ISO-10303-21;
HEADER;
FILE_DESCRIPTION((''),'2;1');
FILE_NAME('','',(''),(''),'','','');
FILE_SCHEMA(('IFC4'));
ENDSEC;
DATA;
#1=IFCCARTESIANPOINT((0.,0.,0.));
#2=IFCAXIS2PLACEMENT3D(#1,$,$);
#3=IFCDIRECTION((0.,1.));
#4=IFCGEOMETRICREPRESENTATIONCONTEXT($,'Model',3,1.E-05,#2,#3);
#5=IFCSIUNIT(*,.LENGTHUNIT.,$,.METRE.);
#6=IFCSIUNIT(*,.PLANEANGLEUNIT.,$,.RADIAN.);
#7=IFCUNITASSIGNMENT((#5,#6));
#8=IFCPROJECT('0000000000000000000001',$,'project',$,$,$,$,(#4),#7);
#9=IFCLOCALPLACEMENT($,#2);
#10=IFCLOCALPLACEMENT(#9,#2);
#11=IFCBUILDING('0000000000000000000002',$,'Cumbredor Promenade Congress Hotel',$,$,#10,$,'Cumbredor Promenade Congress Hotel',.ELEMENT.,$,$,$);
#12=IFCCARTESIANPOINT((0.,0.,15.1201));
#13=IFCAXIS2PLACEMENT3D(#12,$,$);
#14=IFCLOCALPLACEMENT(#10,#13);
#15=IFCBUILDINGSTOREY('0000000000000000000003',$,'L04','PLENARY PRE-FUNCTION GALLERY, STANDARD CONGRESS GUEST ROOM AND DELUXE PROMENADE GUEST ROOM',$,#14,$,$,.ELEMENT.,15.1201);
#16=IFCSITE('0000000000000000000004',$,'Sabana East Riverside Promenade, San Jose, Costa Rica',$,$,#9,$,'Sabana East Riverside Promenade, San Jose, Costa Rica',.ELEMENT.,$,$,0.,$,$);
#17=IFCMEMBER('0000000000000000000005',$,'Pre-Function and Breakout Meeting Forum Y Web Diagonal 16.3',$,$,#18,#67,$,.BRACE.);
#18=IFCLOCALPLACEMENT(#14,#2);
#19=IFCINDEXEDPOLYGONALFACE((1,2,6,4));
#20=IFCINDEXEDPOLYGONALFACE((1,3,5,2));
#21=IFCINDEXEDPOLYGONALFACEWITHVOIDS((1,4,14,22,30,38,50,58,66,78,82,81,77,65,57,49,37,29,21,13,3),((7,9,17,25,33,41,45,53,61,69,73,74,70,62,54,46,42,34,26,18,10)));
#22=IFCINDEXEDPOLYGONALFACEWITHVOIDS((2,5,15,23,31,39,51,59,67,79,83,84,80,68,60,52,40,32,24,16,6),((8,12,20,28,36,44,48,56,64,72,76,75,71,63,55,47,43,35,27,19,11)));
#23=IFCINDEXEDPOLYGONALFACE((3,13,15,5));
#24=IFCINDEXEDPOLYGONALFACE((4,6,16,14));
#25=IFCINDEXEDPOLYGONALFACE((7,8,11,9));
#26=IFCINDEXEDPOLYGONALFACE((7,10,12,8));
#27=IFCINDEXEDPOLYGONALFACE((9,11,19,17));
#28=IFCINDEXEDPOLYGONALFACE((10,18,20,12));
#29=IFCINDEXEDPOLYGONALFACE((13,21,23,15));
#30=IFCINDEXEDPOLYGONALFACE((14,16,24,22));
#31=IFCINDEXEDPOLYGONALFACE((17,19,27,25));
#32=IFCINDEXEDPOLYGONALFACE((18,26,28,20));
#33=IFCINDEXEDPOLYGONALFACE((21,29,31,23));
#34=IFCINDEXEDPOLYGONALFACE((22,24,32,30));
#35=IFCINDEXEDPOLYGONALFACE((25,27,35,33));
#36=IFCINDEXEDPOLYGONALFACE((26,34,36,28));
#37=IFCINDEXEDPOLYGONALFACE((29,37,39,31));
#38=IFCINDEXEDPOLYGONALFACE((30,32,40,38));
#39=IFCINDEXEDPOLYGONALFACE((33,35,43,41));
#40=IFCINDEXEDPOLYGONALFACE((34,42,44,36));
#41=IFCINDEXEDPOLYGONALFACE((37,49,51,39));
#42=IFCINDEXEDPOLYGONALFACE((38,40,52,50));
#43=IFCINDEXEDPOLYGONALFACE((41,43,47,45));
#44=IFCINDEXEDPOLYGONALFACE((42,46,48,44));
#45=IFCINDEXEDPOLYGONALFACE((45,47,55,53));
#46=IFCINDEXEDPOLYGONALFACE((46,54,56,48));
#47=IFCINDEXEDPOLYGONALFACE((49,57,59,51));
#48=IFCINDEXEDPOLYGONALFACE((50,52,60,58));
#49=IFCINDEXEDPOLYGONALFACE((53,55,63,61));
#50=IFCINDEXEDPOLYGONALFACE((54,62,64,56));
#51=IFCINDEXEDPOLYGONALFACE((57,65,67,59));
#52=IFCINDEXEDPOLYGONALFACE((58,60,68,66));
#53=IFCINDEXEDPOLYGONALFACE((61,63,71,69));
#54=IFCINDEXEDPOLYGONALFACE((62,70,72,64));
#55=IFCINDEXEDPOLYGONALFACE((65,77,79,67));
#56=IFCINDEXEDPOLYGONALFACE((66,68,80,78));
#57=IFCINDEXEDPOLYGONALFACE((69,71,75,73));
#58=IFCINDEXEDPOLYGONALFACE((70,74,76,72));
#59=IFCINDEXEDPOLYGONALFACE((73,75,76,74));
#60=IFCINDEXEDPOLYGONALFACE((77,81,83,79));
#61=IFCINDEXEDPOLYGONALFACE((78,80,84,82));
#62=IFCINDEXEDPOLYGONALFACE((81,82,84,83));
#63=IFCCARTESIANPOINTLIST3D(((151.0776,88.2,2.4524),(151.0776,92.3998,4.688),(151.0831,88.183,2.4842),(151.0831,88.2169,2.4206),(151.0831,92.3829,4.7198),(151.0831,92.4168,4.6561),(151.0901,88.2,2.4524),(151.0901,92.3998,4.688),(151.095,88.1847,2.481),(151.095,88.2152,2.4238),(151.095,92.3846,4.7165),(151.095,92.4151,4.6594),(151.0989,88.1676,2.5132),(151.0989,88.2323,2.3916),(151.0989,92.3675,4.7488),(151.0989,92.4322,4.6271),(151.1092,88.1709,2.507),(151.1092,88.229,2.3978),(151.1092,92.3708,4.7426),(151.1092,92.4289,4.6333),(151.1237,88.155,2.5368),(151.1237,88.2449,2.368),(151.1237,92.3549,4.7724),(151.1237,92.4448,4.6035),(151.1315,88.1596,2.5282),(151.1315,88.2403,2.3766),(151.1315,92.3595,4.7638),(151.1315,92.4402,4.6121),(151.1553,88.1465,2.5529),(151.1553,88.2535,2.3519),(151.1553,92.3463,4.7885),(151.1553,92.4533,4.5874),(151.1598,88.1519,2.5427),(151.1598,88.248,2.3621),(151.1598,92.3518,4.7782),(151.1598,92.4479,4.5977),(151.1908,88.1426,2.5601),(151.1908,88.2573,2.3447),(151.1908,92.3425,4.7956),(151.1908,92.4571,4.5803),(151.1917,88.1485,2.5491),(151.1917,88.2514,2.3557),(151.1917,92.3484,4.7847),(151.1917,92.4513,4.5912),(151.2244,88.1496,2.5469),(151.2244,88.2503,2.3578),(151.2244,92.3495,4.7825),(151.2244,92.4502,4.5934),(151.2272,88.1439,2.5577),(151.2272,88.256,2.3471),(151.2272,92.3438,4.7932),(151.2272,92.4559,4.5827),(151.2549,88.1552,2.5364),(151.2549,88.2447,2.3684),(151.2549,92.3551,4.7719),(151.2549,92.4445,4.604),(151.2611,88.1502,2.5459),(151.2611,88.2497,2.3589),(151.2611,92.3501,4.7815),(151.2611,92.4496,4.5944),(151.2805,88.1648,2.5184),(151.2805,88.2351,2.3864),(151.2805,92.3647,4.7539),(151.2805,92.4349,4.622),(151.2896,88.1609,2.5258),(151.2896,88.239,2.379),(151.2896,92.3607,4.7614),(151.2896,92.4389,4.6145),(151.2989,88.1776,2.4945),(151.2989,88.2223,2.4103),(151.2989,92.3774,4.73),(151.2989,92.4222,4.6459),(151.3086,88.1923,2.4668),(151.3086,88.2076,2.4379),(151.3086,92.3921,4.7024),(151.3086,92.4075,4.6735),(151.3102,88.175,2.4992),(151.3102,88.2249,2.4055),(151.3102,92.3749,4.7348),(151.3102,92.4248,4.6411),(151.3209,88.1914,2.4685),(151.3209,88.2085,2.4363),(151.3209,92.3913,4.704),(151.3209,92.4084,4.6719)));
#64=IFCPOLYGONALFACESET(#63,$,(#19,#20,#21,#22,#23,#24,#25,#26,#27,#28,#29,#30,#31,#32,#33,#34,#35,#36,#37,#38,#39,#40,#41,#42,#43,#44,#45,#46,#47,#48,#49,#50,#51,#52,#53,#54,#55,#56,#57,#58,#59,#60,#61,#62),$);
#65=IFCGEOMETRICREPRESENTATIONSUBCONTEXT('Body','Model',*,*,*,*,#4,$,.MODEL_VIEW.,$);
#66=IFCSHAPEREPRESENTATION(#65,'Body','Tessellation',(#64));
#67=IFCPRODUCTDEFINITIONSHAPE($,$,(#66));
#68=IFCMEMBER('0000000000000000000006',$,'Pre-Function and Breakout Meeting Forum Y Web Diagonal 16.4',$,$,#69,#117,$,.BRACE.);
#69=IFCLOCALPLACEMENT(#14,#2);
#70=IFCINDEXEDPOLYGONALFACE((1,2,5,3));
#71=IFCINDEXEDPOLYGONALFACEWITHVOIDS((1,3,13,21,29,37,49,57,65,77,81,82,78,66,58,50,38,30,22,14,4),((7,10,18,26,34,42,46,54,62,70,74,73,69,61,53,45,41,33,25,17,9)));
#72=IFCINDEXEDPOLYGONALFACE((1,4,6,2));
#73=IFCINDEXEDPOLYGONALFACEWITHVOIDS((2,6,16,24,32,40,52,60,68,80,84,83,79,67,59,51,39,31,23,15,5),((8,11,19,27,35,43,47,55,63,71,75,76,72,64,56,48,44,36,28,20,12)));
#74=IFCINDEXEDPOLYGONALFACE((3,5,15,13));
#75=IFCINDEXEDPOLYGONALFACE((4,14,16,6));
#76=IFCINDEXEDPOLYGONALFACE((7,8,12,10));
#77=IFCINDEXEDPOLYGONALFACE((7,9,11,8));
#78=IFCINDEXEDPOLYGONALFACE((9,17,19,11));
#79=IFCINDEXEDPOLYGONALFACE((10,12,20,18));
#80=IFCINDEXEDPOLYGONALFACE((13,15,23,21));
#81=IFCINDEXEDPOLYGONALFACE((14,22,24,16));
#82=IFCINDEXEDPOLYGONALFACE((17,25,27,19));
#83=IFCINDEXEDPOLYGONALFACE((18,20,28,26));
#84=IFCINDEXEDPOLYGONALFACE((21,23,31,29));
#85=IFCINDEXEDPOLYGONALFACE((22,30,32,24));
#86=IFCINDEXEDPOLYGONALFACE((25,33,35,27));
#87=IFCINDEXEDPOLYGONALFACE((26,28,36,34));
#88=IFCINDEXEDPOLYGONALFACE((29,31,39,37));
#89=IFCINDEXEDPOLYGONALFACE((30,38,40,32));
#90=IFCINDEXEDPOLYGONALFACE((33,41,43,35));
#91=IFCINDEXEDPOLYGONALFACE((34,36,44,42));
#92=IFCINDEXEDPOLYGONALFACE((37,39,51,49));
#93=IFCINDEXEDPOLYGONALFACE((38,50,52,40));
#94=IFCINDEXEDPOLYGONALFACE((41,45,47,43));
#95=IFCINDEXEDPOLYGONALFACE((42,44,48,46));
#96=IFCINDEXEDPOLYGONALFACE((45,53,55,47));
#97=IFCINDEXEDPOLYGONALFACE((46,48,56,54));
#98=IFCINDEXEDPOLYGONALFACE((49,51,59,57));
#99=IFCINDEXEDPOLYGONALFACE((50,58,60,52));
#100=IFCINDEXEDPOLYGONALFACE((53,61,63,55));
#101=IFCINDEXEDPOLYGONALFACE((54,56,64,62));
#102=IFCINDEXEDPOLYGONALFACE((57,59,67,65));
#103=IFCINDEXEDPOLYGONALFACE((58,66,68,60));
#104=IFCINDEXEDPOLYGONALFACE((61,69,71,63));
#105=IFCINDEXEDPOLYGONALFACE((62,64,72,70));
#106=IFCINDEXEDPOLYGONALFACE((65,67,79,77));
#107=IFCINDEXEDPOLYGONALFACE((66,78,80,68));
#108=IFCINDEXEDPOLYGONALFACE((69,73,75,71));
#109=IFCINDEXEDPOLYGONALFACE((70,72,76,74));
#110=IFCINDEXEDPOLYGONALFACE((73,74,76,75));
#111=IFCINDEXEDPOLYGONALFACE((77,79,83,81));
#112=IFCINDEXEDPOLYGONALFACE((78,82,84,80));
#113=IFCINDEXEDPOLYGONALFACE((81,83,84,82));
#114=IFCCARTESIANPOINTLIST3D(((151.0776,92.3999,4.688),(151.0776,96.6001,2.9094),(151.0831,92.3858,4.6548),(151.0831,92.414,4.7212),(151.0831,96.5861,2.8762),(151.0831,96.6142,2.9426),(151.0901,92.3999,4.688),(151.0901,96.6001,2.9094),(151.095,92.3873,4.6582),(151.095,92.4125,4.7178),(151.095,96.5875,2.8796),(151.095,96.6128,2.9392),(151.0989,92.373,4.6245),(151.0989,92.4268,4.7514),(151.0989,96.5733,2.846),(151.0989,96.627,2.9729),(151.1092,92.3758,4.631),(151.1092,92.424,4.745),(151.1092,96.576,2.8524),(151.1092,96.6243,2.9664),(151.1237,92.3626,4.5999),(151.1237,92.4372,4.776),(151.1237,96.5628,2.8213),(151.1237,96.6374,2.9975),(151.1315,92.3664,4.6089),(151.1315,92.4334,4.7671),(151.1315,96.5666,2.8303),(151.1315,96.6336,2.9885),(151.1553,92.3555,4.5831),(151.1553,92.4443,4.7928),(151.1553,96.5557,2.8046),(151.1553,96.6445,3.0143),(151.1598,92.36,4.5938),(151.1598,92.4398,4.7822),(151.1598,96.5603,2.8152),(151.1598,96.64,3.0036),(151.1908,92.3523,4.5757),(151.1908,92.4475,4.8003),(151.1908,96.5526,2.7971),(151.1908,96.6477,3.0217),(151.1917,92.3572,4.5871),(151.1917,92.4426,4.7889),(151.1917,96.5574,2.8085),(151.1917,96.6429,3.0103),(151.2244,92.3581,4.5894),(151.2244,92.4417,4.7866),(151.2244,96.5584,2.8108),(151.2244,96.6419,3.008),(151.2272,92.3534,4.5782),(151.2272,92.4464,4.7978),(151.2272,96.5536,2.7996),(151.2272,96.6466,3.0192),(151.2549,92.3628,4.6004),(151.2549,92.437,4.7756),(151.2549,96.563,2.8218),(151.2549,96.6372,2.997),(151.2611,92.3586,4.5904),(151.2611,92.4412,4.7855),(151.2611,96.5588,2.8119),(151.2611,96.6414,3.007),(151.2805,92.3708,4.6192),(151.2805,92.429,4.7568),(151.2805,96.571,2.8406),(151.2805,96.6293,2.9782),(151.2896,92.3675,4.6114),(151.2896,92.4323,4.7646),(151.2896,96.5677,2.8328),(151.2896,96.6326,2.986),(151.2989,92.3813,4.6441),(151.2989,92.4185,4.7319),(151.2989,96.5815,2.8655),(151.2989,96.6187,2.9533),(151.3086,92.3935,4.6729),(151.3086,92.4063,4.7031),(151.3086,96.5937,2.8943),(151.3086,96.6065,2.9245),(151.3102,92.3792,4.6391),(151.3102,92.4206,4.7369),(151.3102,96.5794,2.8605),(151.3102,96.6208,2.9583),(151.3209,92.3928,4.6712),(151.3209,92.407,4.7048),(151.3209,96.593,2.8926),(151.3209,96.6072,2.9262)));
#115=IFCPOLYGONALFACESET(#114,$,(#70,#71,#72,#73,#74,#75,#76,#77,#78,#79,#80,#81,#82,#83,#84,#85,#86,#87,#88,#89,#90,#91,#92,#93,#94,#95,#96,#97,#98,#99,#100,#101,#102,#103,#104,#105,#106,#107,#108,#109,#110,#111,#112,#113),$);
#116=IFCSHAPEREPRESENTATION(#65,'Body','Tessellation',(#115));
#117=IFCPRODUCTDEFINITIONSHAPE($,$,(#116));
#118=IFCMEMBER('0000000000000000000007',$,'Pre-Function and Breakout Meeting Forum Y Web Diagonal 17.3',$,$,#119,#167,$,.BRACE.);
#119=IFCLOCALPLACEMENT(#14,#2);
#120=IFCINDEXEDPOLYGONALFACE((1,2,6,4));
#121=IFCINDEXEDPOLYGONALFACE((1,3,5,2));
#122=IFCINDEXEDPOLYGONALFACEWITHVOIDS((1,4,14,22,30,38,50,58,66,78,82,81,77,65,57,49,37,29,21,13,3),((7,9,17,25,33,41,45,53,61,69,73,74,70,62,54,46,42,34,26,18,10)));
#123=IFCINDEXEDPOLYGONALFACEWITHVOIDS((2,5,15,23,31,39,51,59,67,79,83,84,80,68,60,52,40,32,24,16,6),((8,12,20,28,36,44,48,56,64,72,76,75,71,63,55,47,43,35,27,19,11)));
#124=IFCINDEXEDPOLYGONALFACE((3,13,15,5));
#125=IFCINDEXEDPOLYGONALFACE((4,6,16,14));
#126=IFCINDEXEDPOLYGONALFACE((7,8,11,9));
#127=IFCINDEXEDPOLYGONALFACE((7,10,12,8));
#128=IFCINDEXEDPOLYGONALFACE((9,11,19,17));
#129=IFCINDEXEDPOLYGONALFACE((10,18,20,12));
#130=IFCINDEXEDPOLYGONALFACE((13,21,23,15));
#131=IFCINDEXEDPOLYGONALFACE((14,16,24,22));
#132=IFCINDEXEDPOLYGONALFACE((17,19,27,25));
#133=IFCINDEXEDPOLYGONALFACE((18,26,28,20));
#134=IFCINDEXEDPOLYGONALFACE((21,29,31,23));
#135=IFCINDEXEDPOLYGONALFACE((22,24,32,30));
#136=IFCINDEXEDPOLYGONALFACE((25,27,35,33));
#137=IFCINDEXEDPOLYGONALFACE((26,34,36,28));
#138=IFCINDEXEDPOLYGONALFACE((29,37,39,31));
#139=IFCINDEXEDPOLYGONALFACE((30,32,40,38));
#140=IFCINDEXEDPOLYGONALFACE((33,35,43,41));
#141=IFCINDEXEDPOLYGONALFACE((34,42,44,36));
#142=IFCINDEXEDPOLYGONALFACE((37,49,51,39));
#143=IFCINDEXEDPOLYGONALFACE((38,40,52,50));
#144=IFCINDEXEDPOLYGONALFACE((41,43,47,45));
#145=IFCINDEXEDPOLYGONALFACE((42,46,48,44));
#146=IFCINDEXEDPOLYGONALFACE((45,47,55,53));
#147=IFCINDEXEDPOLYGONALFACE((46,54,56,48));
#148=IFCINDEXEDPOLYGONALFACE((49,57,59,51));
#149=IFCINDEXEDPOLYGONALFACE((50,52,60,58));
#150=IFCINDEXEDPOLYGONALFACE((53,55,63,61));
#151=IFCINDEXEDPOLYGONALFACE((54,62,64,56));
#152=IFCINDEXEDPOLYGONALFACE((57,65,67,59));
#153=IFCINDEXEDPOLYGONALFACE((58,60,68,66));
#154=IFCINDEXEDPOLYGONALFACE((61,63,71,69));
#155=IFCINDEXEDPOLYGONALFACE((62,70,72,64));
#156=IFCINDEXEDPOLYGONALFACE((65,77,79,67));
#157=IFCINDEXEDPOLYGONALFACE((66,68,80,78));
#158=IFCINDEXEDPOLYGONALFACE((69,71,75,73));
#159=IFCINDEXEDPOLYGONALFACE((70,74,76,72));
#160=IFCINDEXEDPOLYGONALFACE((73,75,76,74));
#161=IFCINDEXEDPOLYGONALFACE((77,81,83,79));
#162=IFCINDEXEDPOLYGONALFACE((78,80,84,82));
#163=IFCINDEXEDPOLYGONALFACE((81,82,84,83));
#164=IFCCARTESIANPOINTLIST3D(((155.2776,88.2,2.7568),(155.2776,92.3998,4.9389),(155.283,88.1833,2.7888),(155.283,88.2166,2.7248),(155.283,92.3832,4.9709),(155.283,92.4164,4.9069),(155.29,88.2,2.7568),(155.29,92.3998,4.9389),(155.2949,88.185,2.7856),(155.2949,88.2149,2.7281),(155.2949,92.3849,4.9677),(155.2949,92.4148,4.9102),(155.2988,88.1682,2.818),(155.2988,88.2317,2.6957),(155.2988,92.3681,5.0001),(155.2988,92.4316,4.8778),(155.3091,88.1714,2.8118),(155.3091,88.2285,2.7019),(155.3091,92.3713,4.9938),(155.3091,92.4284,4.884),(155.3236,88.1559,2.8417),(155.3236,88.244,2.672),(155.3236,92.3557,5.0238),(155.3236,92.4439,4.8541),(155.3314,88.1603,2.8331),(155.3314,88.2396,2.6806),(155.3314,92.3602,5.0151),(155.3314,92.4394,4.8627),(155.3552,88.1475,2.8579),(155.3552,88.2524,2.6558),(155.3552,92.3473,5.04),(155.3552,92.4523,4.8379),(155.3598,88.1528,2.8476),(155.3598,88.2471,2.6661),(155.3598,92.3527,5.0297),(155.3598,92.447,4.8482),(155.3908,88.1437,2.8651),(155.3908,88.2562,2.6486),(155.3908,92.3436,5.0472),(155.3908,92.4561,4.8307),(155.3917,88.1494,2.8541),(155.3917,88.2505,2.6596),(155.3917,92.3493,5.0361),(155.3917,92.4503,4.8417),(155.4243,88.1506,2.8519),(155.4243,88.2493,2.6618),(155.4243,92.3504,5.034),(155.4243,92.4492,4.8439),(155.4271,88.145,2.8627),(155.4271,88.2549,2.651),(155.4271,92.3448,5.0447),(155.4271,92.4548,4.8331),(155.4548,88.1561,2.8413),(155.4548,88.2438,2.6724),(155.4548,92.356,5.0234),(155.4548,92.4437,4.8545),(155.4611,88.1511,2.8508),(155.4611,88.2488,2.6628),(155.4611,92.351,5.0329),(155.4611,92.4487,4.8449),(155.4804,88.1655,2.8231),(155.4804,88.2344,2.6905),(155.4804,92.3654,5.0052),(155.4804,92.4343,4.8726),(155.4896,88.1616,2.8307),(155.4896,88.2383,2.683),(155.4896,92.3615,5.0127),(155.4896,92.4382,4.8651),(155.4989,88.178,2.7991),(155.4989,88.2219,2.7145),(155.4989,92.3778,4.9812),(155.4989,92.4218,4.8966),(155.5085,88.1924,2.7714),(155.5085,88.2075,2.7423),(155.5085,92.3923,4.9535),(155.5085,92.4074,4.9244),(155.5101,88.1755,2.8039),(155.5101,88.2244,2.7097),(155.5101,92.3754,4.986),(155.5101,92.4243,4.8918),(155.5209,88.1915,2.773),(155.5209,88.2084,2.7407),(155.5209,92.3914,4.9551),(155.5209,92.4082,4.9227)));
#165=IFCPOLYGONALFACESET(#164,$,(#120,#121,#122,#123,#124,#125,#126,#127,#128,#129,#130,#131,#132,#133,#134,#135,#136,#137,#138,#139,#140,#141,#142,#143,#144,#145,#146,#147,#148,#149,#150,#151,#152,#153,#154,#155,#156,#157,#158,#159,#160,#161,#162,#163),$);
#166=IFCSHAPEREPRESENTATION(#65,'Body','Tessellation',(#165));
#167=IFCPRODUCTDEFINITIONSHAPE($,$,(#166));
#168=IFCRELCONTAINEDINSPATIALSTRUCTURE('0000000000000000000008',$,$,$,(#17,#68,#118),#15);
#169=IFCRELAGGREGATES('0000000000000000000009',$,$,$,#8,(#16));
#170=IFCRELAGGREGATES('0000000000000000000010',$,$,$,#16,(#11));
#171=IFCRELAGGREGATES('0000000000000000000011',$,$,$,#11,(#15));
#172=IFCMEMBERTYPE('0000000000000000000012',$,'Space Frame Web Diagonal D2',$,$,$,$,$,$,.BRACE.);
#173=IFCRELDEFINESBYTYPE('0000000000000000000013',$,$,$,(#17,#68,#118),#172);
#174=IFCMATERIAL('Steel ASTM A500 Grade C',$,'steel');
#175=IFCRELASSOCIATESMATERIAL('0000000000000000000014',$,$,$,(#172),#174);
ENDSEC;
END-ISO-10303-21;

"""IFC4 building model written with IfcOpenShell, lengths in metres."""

from ifc_helpers import new_model, si_unit, direction, frame, origin, origin_2d, place, context, subcontext, project, spatial, hollow_circle, extrude, material, material_profile, profile_set, type_object, element, save


model = new_model("IFC4")

# Units and contexts
model_context = context("Model", 3, precision=1e-05, world=origin(), true_north=direction((0.0, 1.0)))
body_context = subcontext(model_context, "Body", "Model", "MODEL_VIEW")
ifc_project = project(units=[si_unit("LENGTHUNIT", "METRE"), si_unit("PLANEANGLEUNIT", "RADIAN")], contexts=[model_context])

# Site, building, storey
site_placement = place(None, origin())
site = spatial("IfcSite", under=ifc_project, at=site_placement, Name="Sabana East Riverside Promenade, San Jose, Costa Rica", LongName="Sabana East Riverside Promenade, San Jose, Costa Rica", CompositionType="ELEMENT", RefElevation=0.0)
building_placement = place(site_placement, origin())
building = spatial("IfcBuilding", under=site, at=building_placement, Name="Cumbredor Promenade Congress Hotel", LongName="Cumbredor Promenade Congress Hotel", CompositionType="ELEMENT")
storey_placement = place(building_placement, frame((0.0, 0.0, 15.1201)))
storey = spatial("IfcBuildingStorey", under=building, at=storey_placement, Name="L04", Description="PLENARY PRE-FUNCTION GALLERY, STANDARD CONGRESS GUEST ROOM AND DELUXE PROMENADE GUEST ROOM", CompositionType="ELEMENT", Elevation=15.1201)

# Members
ifc_material_1 = material(Name="Steel ASTM A500 Grade C", Category="steel")
ifc_material_profile_1 = material_profile(ifc_material_1, hollow_circle(Radius=0.1223, WallThickness=0.0125, at=origin_2d()), Name="CHS 244.5x12.5")
ifc_profile_set_1 = profile_set([ifc_material_profile_1], Name="Steel ASTM A500 Grade C")
member_type_1 = type_object("IfcMemberType", Name="Space Frame Web Diagonal D2", PredefinedType="BRACE", material=ifc_profile_set_1)
member_1_placement = place(storey_placement, frame((151.2, 88.2, 2.4524), z_axis=(0.0, 0.882735, 0.469872), x_axis=(-1.0, 0.0, 0.0)))
element("IfcMember", 1, at=member_1_placement, inside=storey, type_object=member_type_1, Name="Pre-Function and Breakout Meeting Forum Y Web Diagonal 16.3", PredefinedType="BRACE", context=body_context, shape_type="SweptSolid", body=[
    extrude(hollow_circle(Radius=0.1223, WallThickness=0.0125, at=origin_2d()), origin(), (0.0, 0.0, 1.0), 4.7578),
])
member_2_placement = place(storey_placement, frame((151.2, 92.3999, 4.688), z_axis=(0.0, 0.920845, -0.38993), x_axis=(-1.0, 0.0, 0.0)))
element("IfcMember", 2, at=member_2_placement, inside=storey, type_object=member_type_1, Name="Pre-Function and Breakout Meeting Forum Y Web Diagonal 16.4", PredefinedType="BRACE", context=body_context, shape_type="SweptSolid", body=[
    extrude(hollow_circle(Radius=0.1223, WallThickness=0.0125, at=origin_2d()), origin(), (0.0, 0.0, 1.0), 4.5613),
])
member_3_placement = place(storey_placement, frame((155.3999, 88.2, 2.7568), z_axis=(0.0, 0.887376, 0.461046), x_axis=(-1.0, 0.0, 0.0)))
element("IfcMember", 3, at=member_3_placement, inside=storey, type_object=member_type_1, Name="Pre-Function and Breakout Meeting Forum Y Web Diagonal 17.3", PredefinedType="BRACE", context=body_context, shape_type="SweptSolid", body=[
    extrude(hollow_circle(Radius=0.1223, WallThickness=0.0125, at=origin_2d()), origin(), (0.0, 0.0, 1.0), 4.7329),
])

save(model, "model.ifc")
